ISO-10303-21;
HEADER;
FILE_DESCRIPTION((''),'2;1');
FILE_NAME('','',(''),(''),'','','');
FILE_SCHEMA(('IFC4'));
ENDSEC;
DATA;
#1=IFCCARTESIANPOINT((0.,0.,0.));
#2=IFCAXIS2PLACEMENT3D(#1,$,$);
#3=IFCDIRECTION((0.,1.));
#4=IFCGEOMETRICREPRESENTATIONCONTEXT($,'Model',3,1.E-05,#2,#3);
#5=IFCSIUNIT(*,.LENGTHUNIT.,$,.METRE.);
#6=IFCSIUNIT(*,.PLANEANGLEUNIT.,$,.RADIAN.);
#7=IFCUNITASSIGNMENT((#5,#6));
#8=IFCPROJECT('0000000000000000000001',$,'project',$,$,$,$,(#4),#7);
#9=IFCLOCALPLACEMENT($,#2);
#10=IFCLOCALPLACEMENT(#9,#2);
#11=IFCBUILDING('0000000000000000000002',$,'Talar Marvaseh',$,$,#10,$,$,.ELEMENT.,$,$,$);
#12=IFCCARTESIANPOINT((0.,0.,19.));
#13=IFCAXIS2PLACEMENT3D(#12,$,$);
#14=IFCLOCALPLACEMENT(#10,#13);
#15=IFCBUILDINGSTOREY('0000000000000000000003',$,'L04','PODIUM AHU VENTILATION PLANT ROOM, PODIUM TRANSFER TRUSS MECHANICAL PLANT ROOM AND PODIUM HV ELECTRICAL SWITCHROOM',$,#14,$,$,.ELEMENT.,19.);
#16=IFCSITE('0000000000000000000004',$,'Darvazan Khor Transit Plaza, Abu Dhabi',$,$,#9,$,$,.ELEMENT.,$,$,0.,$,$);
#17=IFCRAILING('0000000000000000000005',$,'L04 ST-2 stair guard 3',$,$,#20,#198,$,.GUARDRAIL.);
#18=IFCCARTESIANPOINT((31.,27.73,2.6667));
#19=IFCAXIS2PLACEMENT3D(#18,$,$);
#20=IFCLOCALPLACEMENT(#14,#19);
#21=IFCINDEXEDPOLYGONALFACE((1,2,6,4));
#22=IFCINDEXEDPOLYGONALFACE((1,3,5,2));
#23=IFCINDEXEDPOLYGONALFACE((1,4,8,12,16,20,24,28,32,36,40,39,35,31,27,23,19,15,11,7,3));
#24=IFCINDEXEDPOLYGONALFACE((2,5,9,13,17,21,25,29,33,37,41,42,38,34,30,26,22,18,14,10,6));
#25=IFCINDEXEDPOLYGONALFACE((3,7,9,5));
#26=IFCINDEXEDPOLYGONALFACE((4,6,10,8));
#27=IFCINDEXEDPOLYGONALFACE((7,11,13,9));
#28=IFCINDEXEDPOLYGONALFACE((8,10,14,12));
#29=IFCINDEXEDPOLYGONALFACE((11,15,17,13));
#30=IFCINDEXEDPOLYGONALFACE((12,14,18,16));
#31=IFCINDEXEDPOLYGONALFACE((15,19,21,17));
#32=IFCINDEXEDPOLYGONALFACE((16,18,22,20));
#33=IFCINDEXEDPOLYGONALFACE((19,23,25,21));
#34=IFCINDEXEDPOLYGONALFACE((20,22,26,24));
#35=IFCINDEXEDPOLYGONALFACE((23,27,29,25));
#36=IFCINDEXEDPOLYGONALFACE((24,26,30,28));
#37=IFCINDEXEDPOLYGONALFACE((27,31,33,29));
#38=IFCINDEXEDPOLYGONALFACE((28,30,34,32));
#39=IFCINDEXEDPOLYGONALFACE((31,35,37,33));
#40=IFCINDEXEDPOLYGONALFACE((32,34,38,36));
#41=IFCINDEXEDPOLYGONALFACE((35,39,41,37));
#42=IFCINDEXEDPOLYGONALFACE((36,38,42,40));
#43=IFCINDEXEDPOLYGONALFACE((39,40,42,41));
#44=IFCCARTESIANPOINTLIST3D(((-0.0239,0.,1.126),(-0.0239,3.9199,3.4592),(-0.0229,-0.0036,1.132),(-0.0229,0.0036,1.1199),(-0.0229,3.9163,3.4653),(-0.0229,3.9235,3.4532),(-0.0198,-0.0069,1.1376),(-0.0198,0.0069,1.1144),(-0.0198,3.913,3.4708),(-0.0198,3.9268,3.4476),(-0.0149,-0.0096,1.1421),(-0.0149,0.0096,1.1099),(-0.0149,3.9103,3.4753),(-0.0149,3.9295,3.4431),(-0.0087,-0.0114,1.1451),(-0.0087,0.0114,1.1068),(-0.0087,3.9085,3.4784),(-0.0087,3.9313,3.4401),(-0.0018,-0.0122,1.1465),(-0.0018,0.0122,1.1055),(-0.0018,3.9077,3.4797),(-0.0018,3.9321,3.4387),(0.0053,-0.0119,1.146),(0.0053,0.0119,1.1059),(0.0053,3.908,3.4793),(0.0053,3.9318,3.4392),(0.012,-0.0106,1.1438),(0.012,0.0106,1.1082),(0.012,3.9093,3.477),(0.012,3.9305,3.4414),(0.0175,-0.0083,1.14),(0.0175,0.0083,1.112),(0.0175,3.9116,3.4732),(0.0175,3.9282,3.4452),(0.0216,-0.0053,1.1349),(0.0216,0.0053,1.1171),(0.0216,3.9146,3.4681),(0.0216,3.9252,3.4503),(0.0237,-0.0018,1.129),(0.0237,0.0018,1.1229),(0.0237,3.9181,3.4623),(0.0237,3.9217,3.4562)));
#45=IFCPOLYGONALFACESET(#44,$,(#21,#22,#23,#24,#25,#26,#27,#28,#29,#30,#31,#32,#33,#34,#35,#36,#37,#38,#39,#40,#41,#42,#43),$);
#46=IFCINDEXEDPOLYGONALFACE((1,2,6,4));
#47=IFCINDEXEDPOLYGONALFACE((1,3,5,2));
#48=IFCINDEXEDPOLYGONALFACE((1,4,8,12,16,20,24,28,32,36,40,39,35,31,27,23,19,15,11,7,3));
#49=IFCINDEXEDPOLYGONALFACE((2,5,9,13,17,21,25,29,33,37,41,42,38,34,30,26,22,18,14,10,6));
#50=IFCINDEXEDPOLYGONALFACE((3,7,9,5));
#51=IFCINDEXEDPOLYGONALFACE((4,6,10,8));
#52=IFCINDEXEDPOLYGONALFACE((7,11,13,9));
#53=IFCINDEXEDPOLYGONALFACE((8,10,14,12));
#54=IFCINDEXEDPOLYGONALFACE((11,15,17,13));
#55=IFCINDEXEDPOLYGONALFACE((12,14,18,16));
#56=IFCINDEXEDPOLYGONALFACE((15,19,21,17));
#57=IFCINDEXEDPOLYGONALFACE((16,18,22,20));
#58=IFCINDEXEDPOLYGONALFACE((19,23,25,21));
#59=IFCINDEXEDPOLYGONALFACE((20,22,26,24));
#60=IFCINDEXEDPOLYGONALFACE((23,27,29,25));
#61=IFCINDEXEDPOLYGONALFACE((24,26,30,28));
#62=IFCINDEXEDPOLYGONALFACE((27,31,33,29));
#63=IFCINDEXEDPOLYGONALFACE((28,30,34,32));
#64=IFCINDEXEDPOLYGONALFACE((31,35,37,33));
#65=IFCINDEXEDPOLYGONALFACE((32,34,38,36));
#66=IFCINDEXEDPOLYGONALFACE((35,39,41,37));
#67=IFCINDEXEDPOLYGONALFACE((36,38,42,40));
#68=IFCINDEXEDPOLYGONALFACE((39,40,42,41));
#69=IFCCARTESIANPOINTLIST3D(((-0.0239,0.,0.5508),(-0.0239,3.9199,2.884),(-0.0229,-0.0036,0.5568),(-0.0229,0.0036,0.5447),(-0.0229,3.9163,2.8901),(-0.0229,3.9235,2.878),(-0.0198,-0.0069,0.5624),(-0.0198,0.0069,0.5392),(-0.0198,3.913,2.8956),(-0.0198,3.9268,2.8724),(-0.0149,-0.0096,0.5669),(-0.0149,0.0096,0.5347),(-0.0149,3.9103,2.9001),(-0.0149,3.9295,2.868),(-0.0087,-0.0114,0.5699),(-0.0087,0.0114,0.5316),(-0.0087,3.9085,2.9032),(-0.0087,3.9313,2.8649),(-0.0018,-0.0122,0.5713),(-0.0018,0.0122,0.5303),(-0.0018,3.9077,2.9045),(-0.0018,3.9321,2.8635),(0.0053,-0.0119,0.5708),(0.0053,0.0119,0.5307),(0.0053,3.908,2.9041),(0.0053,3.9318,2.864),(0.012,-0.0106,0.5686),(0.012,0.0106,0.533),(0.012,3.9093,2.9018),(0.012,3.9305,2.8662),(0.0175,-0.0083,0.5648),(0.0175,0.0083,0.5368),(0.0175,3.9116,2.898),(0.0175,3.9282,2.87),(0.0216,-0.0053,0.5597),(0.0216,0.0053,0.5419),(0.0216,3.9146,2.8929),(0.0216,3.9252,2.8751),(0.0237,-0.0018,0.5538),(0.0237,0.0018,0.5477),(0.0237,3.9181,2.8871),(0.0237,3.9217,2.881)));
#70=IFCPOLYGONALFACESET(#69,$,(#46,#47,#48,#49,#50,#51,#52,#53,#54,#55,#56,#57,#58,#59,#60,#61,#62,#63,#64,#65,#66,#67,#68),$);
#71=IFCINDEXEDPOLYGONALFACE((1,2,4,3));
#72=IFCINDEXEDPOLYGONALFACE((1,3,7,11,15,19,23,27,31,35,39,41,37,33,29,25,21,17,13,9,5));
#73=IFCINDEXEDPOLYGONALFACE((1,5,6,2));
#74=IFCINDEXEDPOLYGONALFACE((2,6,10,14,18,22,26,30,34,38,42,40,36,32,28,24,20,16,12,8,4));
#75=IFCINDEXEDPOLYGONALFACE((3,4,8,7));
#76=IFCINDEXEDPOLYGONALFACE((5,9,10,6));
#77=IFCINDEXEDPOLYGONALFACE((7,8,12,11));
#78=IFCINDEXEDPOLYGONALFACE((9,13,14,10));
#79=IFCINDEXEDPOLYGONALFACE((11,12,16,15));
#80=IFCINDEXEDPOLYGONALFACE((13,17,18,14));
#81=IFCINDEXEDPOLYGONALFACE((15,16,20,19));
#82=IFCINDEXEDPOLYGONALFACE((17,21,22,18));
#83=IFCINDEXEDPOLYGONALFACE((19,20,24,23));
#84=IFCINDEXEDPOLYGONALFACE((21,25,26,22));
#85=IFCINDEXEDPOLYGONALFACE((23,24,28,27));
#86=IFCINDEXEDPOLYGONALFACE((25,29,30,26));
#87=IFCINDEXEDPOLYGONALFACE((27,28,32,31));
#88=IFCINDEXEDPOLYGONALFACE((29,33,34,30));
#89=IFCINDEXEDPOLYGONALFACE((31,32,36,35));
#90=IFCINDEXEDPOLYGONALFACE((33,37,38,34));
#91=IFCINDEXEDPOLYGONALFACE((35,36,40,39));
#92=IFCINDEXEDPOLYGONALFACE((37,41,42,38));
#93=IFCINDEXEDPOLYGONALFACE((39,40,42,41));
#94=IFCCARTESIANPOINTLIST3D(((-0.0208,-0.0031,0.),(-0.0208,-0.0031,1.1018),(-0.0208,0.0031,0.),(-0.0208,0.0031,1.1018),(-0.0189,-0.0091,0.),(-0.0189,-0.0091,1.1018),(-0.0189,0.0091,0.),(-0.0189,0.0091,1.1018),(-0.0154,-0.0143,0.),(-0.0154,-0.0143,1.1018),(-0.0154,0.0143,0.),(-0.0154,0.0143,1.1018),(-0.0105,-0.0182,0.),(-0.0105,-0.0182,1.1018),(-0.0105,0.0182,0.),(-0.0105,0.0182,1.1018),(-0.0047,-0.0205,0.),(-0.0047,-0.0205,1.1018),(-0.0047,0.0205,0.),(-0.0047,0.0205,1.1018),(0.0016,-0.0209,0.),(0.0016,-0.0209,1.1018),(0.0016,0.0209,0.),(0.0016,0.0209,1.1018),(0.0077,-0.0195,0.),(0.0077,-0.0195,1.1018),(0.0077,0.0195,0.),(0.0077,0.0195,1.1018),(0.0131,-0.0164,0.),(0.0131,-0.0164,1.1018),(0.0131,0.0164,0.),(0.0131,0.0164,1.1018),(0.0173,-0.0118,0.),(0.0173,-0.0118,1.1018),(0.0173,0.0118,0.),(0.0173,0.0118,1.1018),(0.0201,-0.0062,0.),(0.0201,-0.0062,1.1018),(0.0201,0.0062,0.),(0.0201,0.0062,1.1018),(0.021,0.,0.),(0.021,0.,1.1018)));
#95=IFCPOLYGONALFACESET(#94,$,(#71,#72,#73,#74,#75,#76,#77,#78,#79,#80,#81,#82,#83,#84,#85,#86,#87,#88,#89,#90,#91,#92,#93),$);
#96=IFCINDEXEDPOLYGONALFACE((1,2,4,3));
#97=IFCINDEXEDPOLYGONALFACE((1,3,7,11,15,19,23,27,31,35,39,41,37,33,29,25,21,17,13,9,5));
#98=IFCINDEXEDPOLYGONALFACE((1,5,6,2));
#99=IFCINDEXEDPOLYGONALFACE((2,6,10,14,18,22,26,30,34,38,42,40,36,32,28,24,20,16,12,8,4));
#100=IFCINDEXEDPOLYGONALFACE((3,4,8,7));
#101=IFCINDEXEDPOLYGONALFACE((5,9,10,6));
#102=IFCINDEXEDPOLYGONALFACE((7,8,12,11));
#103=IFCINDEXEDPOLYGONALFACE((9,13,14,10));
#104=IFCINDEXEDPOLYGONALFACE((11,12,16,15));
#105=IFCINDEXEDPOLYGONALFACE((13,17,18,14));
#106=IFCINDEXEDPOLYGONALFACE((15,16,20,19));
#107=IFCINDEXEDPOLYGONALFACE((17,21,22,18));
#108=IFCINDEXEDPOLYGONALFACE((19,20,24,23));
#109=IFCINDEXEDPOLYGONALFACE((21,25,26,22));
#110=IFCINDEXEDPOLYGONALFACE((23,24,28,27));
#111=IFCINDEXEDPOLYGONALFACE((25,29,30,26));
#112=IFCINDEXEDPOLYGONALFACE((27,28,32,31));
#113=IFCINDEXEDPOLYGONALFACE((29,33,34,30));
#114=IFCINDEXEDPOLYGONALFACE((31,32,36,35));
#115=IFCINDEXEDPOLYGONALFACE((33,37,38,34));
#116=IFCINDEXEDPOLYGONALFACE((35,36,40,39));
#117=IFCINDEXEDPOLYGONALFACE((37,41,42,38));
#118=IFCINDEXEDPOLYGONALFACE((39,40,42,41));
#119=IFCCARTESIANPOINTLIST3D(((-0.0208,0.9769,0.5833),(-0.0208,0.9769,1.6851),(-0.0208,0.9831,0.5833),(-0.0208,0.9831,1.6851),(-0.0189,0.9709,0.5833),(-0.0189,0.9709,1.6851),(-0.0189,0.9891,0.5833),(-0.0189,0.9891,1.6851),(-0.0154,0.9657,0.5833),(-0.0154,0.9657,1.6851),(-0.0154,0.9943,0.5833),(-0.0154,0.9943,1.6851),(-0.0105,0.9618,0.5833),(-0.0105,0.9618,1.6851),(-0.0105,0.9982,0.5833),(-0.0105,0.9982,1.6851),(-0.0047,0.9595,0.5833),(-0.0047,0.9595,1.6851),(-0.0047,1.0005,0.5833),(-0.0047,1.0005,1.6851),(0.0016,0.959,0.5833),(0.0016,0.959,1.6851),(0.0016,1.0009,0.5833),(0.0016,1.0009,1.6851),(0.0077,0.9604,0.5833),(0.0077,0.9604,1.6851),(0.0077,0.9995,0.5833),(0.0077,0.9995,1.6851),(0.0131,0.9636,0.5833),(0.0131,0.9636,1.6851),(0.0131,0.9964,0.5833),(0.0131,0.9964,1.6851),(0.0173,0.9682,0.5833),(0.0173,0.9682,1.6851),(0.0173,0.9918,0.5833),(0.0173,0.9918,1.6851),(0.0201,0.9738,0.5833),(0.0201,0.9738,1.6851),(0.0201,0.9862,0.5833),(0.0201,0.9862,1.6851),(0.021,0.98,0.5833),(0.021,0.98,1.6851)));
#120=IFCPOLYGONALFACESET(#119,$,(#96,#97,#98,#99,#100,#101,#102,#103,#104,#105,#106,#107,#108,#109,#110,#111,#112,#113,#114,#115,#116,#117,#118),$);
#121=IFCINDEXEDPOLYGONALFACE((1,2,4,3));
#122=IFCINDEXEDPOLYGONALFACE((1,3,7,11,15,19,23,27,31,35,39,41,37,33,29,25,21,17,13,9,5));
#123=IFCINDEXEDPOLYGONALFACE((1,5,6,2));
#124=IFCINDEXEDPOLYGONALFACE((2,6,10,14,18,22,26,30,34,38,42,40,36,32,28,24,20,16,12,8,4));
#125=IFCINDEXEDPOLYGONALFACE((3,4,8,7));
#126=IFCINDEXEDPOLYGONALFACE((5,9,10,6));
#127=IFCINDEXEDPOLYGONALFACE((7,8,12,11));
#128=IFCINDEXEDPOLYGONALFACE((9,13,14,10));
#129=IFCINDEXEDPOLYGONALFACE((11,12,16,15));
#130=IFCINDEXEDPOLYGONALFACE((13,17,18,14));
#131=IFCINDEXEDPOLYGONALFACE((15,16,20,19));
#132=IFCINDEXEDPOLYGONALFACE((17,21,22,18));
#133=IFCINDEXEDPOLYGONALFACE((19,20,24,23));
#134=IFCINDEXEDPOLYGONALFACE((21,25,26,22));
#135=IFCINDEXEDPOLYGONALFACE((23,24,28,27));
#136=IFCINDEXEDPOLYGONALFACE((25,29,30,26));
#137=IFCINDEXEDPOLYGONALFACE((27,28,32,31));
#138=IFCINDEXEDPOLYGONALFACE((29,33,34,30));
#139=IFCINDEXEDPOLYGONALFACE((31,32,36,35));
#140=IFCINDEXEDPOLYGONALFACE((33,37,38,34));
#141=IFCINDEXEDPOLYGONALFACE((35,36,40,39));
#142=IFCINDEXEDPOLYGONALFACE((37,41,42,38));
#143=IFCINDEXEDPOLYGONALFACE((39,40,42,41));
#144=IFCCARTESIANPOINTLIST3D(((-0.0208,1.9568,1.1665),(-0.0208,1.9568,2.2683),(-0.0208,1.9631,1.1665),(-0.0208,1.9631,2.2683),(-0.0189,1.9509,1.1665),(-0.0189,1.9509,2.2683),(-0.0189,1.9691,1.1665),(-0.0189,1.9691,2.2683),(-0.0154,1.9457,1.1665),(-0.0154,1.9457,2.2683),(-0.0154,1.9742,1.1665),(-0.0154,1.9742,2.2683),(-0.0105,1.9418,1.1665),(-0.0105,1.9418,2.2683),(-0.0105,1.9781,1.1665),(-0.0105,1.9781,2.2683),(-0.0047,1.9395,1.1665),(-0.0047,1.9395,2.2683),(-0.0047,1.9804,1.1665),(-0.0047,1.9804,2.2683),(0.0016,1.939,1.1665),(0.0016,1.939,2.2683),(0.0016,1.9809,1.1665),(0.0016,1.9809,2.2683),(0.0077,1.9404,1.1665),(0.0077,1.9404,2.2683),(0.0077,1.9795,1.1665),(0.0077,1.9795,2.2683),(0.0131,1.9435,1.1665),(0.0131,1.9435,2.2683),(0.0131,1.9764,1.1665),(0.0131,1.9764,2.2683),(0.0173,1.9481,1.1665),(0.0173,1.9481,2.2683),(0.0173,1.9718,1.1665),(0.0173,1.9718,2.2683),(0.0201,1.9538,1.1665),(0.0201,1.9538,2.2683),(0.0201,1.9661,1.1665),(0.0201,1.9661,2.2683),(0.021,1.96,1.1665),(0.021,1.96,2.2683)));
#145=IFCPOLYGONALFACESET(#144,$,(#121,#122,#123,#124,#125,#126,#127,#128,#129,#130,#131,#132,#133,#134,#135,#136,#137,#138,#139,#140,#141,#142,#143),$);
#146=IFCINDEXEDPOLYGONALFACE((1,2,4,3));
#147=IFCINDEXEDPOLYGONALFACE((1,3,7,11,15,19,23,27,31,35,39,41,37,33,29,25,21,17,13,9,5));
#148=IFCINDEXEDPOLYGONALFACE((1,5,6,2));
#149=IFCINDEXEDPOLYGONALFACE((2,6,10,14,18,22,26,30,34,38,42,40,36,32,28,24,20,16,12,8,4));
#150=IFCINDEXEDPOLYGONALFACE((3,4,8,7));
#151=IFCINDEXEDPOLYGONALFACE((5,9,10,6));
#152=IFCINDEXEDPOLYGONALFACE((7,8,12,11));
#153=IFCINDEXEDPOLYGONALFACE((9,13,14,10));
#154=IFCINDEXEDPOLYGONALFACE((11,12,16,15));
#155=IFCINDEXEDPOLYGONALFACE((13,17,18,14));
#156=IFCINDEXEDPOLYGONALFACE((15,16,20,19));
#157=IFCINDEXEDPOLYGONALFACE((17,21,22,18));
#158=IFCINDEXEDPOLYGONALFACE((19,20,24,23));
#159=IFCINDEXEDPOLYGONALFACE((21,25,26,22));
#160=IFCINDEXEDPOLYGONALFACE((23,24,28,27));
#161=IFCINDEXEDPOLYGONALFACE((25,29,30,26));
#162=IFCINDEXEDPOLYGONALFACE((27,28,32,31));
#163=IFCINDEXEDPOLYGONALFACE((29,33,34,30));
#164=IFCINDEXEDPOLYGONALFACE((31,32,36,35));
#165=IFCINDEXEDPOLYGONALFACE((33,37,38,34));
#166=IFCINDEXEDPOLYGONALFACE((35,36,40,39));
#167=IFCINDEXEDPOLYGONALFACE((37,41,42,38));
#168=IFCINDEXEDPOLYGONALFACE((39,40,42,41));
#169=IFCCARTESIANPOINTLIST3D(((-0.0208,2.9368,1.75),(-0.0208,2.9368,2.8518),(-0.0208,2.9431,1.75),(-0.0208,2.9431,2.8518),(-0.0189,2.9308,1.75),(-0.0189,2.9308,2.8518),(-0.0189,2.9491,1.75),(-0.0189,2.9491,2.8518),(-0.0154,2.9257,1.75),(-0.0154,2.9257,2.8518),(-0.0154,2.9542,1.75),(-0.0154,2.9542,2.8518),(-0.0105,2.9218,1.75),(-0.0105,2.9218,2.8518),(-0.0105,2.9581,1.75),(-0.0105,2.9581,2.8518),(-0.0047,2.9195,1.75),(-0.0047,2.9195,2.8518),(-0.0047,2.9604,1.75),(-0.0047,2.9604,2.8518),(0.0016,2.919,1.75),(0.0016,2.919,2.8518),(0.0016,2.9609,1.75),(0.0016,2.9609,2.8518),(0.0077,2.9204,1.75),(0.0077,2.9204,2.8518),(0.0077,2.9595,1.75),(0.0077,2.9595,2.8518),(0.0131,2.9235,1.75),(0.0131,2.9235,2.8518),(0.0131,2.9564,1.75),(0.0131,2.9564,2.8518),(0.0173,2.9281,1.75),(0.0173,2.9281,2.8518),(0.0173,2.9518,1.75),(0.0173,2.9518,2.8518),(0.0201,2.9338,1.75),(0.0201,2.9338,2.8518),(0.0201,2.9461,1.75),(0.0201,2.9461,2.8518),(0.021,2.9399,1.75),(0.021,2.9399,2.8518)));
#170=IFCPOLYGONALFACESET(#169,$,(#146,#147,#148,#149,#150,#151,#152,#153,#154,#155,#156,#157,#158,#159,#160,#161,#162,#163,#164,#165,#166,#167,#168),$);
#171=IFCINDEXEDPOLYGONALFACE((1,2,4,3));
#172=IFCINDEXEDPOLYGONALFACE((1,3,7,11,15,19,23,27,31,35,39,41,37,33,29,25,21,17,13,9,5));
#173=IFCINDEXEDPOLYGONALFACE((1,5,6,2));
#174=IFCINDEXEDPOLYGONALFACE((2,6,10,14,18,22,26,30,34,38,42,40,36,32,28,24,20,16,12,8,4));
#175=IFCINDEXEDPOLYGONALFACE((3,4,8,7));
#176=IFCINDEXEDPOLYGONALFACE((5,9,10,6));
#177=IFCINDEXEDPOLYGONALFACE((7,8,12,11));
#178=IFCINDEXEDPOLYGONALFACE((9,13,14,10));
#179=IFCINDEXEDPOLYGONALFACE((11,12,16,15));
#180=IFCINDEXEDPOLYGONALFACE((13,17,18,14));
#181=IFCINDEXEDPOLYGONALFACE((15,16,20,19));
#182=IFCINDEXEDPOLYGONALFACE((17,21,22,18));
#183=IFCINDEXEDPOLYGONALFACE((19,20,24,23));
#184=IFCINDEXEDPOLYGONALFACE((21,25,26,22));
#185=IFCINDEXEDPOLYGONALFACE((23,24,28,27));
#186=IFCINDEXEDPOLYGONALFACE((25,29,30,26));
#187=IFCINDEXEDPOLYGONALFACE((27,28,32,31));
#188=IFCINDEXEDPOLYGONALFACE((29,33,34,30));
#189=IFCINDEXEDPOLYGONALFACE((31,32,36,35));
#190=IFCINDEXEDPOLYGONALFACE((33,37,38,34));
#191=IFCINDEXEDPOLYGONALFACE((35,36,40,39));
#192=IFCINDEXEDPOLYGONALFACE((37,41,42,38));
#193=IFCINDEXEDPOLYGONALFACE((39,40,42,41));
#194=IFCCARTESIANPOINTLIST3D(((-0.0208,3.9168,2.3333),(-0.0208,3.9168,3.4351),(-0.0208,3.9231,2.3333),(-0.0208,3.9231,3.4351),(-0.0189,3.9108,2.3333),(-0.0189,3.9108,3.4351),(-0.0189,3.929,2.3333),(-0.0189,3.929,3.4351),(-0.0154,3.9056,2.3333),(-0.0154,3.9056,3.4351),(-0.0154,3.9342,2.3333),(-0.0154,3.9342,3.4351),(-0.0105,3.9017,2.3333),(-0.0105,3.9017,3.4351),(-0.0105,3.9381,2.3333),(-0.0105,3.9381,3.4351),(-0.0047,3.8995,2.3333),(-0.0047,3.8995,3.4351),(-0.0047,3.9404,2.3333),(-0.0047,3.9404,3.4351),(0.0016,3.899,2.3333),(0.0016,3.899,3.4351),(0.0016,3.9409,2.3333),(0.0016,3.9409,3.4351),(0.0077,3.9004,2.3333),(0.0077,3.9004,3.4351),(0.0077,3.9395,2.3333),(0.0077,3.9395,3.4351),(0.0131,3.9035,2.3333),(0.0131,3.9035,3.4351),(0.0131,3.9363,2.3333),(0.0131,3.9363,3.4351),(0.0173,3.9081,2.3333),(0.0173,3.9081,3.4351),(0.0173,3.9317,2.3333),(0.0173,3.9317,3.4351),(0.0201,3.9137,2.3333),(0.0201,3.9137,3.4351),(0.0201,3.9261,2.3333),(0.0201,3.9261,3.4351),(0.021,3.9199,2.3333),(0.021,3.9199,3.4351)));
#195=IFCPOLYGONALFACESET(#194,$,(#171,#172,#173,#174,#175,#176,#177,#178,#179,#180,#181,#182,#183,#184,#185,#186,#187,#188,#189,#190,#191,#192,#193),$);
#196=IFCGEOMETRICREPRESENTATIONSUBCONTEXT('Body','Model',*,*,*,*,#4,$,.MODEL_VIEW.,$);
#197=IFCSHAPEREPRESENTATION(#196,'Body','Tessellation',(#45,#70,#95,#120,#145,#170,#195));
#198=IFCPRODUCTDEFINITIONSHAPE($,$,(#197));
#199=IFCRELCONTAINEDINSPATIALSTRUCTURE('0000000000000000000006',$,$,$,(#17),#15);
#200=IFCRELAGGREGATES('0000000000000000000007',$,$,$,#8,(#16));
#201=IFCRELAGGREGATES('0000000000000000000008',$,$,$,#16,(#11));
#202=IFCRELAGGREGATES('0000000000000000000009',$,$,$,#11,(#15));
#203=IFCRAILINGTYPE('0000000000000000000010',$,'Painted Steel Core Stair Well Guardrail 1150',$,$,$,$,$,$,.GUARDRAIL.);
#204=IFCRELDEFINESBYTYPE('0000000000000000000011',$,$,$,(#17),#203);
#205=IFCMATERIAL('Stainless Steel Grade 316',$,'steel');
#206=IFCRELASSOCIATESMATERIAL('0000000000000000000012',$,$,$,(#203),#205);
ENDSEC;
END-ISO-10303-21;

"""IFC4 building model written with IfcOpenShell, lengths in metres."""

from ifc_helpers import new_model, si_unit, direction, frame, origin, origin_2d, place, context, subcontext, project, spatial, circle, extrude, material, type_object, element, save


model = new_model("IFC4")

# Units and contexts
model_context = context("Model", 3, precision=1e-05, world=origin(), true_north=direction((0.0, 1.0)))
body_context = subcontext(model_context, "Body", "Model", "MODEL_VIEW")
ifc_project = project(units=[si_unit("LENGTHUNIT", "METRE"), si_unit("PLANEANGLEUNIT", "RADIAN")], contexts=[model_context])

# Site, building, storey
site_placement = place(None, origin())
site = spatial("IfcSite", under=ifc_project, at=site_placement, Name="Darvazan Khor Transit Plaza, Abu Dhabi", CompositionType="ELEMENT", RefElevation=0.0)
building_placement = place(site_placement, origin())
building = spatial("IfcBuilding", under=site, at=building_placement, Name="Talar Marvaseh", CompositionType="ELEMENT")
storey_placement = place(building_placement, frame((0.0, 0.0, 19.0)))
storey = spatial("IfcBuildingStorey", under=building, at=storey_placement, Name="L04", Description="PODIUM AHU VENTILATION PLANT ROOM, PODIUM TRANSFER TRUSS MECHANICAL PLANT ROOM AND PODIUM HV ELECTRICAL SWITCHROOM", CompositionType="ELEMENT", Elevation=19.0)

# Shared definitions
ifc_material_1 = material(Name="Stainless Steel Grade 316", Category="steel")

# Railing
railing_type_1 = type_object("IfcRailingType", Name="Painted Steel Core Stair Well Guardrail 1150", PredefinedType="GUARDRAIL", material=ifc_material_1)
railing_1_placement = place(storey_placement, frame((31.0, 27.73, 2.6667)))
element("IfcRailing", 1, at=railing_1_placement, inside=storey, type_object=railing_type_1, Name="L04 ST-2 stair guard 3", PredefinedType="GUARDRAIL", context=body_context, shape_type="SweptSolid", body=[
    extrude(circle(Radius=0.0239, at=origin_2d()), frame((0.0, 0.0, 1.126), z_axis=(0.0, 0.859296, 0.511478), x_axis=(-1.0, 0.0, 0.0)), (0.0, 0.0, 1.0), 4.5618),
    extrude(circle(Radius=0.0239, at=origin_2d()), frame((0.0, 0.0, 0.5508), z_axis=(0.0, 0.859296, 0.511478), x_axis=(-1.0, 0.0, 0.0)), (0.0, 0.0, 1.0), 4.5618),
    extrude(circle(Radius=0.021, at=origin_2d()), origin(), (0.0, 0.0, 1.0), 1.1018),
    extrude(circle(Radius=0.021, at=origin_2d()), frame((0.0, 0.98, 0.5833)), (0.0, 0.0, 1.0), 1.1018),
    extrude(circle(Radius=0.021, at=origin_2d()), frame((0.0, 1.96, 1.1665)), (0.0, 0.0, 1.0), 1.1018),
    extrude(circle(Radius=0.021, at=origin_2d()), frame((0.0, 2.9399, 1.75)), (0.0, 0.0, 1.0), 1.1018),
    extrude(circle(Radius=0.021, at=origin_2d()), frame((0.0, 3.9199, 2.3333)), (0.0, 0.0, 1.0), 1.1018),
])

save(model, "model.ifc")
